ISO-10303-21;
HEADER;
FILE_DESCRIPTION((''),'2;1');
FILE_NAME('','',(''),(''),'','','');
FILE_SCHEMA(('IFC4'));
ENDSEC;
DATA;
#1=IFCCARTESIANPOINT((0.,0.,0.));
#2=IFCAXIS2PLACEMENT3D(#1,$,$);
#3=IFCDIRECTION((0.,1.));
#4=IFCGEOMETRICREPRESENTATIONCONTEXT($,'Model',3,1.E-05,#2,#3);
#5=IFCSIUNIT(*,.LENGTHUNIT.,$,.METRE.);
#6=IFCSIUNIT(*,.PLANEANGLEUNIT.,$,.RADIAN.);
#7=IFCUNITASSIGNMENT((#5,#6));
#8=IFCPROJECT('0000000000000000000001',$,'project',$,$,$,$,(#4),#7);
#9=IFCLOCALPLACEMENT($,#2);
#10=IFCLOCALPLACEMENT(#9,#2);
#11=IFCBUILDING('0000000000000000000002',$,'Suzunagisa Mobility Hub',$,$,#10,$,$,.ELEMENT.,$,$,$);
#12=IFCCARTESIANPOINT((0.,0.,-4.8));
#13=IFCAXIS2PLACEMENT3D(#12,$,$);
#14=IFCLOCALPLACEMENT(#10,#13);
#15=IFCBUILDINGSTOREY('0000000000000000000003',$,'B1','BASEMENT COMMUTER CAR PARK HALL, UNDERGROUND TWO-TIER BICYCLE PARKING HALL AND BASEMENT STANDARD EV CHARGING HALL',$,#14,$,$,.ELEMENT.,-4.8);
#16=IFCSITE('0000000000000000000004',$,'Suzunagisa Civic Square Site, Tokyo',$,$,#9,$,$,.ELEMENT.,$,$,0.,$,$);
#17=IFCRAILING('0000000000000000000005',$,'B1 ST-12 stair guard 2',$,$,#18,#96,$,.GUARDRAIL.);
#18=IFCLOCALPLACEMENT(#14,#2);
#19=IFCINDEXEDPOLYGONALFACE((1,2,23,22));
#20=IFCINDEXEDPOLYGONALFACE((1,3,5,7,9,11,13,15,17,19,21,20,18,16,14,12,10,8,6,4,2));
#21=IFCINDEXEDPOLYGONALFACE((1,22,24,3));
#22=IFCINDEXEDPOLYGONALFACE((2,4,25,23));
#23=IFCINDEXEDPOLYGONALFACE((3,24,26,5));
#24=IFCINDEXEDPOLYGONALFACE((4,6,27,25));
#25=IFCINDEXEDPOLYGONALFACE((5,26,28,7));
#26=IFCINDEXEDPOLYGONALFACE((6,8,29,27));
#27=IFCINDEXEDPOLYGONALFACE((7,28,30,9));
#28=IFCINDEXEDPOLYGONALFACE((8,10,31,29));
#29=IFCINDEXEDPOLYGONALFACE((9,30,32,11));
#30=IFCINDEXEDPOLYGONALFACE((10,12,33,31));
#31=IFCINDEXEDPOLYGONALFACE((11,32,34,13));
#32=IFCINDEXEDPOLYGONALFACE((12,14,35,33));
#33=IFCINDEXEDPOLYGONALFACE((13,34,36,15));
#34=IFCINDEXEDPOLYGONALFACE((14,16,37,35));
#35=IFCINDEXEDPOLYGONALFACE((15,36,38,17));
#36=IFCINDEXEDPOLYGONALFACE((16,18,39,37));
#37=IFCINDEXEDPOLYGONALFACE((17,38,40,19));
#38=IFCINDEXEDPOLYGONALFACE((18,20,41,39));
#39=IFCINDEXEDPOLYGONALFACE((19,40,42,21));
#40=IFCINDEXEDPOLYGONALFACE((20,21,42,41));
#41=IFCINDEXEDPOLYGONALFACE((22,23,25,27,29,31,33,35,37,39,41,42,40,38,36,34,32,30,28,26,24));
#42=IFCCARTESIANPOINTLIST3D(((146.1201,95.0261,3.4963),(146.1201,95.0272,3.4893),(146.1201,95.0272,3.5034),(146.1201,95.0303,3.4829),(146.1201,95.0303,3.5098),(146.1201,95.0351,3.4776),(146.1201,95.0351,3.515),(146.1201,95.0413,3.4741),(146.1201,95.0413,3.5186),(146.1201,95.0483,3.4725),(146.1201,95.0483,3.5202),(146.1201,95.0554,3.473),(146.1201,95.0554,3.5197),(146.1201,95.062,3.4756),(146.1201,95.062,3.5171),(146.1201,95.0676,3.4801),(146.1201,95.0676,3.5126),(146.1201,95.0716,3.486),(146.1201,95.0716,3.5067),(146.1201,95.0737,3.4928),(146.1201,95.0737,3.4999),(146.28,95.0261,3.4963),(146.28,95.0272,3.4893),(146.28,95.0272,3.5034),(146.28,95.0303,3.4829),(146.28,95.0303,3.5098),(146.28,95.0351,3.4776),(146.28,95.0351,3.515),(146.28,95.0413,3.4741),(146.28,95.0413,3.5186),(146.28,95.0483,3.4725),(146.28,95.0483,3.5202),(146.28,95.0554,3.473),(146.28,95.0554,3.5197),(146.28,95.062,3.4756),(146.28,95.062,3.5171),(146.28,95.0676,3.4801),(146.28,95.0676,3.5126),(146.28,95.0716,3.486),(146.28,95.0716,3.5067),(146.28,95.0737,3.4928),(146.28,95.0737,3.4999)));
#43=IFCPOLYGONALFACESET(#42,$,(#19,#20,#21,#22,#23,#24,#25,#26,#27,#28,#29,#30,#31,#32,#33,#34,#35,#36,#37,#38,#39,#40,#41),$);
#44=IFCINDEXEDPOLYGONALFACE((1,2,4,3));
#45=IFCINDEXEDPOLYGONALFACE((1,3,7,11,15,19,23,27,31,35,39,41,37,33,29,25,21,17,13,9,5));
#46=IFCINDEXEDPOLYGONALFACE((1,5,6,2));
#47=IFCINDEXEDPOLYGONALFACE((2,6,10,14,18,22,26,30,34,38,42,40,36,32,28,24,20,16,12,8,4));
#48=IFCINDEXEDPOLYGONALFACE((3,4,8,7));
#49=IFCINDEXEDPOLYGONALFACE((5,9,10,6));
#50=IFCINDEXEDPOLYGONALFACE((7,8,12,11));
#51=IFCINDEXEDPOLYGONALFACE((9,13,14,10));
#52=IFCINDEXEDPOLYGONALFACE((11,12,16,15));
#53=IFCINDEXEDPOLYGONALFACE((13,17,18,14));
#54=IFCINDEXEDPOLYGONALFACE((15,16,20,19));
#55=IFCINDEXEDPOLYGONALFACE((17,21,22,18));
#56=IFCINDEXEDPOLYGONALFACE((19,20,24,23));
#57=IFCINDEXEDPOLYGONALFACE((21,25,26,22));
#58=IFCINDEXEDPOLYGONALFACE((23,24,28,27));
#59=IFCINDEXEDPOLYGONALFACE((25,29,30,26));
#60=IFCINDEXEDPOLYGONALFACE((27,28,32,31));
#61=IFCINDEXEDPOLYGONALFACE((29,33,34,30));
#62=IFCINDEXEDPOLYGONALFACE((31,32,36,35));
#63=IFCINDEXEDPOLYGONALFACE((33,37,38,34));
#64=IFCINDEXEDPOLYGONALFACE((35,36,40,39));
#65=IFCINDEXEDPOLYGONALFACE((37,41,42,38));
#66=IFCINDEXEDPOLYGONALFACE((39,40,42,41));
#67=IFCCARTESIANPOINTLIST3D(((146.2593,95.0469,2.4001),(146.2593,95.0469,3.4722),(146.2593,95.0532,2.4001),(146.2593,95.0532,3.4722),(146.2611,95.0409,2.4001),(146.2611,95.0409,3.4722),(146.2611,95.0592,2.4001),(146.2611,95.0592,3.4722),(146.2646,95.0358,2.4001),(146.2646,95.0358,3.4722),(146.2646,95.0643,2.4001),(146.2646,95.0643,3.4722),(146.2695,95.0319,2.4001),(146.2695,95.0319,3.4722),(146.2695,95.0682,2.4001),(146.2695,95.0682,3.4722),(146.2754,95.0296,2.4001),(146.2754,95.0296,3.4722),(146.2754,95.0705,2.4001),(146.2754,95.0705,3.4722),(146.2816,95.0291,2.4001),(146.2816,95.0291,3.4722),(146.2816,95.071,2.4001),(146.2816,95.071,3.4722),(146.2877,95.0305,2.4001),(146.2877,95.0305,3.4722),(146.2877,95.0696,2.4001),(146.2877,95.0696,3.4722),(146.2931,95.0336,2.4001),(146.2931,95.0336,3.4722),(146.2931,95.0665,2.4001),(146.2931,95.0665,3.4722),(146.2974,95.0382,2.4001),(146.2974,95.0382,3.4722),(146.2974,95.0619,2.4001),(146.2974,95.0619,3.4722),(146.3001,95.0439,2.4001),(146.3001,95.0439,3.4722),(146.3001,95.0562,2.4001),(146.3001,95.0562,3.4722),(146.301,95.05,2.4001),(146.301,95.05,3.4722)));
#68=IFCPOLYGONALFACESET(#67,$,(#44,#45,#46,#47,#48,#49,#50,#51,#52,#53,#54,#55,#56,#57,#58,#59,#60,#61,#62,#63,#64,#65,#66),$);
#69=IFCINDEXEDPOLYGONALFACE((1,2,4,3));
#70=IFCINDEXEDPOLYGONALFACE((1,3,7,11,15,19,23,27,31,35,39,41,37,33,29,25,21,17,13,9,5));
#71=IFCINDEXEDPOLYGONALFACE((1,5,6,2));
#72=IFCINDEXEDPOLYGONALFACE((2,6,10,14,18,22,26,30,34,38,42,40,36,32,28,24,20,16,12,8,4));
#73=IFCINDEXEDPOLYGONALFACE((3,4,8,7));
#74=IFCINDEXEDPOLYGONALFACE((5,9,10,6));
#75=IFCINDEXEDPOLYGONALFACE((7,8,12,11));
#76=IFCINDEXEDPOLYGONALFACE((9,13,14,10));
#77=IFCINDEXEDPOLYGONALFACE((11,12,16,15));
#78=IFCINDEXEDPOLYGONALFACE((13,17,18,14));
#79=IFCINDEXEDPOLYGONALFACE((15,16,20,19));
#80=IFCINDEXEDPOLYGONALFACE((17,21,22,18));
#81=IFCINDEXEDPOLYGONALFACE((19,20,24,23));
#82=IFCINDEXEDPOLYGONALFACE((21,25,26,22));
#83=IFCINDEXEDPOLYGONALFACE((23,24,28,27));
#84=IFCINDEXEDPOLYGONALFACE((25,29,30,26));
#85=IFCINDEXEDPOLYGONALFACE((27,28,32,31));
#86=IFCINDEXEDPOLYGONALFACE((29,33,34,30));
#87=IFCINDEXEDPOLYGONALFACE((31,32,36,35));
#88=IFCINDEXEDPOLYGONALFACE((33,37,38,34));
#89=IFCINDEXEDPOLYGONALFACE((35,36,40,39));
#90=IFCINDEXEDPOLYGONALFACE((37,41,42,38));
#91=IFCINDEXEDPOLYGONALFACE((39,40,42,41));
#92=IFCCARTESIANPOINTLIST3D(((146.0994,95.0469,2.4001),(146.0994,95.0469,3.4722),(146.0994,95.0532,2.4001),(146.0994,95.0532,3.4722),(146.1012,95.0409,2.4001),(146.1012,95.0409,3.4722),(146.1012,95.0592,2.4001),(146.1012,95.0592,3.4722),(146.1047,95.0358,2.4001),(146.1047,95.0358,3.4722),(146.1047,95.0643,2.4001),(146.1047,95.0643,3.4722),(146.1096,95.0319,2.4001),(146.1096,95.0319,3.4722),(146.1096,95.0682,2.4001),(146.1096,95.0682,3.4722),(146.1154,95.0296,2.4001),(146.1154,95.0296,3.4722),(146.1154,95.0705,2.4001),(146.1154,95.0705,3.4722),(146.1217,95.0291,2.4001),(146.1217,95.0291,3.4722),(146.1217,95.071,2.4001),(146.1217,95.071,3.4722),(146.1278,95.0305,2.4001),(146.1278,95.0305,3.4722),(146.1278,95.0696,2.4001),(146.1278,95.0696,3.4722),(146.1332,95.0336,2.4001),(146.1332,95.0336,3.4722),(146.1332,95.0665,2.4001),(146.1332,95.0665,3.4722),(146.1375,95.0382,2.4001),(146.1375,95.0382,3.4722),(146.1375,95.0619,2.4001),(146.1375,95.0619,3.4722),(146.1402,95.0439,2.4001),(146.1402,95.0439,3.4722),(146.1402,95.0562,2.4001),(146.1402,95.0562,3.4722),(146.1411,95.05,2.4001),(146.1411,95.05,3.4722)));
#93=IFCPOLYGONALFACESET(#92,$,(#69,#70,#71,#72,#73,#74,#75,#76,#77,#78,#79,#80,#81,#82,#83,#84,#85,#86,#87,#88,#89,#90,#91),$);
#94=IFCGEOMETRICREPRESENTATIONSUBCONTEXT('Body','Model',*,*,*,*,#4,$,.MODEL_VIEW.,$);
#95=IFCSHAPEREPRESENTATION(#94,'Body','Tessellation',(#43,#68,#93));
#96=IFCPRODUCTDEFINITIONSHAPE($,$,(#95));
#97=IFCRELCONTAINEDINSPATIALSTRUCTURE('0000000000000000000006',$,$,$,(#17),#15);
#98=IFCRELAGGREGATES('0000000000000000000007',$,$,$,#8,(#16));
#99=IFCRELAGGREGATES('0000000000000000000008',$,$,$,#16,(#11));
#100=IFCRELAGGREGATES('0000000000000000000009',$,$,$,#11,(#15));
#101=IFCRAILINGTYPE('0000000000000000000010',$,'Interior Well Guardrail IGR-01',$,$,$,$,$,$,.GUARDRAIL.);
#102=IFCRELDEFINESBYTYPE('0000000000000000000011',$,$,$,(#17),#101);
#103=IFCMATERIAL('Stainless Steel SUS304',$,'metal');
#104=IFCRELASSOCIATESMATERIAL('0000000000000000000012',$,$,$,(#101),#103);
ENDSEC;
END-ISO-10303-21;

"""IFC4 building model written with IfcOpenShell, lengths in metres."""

from ifc_helpers import new_model, si_unit, direction, frame, origin, origin_2d, place, context, subcontext, project, spatial, circle, extrude, material, type_object, element, save


model = new_model("IFC4")

# Units and contexts
model_context = context("Model", 3, precision=1e-05, world=origin(), true_north=direction((0.0, 1.0)))
body_context = subcontext(model_context, "Body", "Model", "MODEL_VIEW")
ifc_project = project(units=[si_unit("LENGTHUNIT", "METRE"), si_unit("PLANEANGLEUNIT", "RADIAN")], contexts=[model_context])

# Site, building, storey
site_placement = place(None, origin())
site = spatial("IfcSite", under=ifc_project, at=site_placement, Name="Suzunagisa Civic Square Site, Tokyo", CompositionType="ELEMENT", RefElevation=0.0)
building_placement = place(site_placement, origin())
building = spatial("IfcBuilding", under=site, at=building_placement, Name="Suzunagisa Mobility Hub", CompositionType="ELEMENT")
storey_placement = place(building_placement, frame((0.0, 0.0, -4.8)))
storey = spatial("IfcBuildingStorey", under=building, at=storey_placement, Name="B1", Description="BASEMENT COMMUTER CAR PARK HALL, UNDERGROUND TWO-TIER BICYCLE PARKING HALL AND BASEMENT STANDARD EV CHARGING HALL", CompositionType="ELEMENT", Elevation=-4.8)

# Railing
ifc_material_1 = material(Name="Stainless Steel SUS304", Category="metal")
railing_type_1 = type_object("IfcRailingType", Name="Interior Well Guardrail IGR-01", PredefinedType="GUARDRAIL", material=ifc_material_1)
railing_1_placement = place(storey_placement, frame((146.28, 95.05, 2.4001)))
element("IfcRailing", 1, at=railing_1_placement, inside=storey, type_object=railing_type_1, Name="B1 ST-12 stair guard 2", PredefinedType="GUARDRAIL", context=body_context, shape_type="SweptSolid", body=[
    extrude(circle(Radius=0.0239, at=origin_2d()), frame((0.0, 0.0, 1.0962), z_axis=(-1.0, 0.0, 0.0), x_axis=(0.0, -1.0, 0.0)), (0.0, 0.0, 1.0), 0.1599),
    extrude(circle(Radius=0.021, at=origin_2d()), origin(), (0.0, 0.0, 1.0), 1.072),
    extrude(circle(Radius=0.021, at=origin_2d()), frame((-0.1599, 0.0, 0.0)), (0.0, 0.0, 1.0), 1.072),
])

save(model, "model.ifc")
